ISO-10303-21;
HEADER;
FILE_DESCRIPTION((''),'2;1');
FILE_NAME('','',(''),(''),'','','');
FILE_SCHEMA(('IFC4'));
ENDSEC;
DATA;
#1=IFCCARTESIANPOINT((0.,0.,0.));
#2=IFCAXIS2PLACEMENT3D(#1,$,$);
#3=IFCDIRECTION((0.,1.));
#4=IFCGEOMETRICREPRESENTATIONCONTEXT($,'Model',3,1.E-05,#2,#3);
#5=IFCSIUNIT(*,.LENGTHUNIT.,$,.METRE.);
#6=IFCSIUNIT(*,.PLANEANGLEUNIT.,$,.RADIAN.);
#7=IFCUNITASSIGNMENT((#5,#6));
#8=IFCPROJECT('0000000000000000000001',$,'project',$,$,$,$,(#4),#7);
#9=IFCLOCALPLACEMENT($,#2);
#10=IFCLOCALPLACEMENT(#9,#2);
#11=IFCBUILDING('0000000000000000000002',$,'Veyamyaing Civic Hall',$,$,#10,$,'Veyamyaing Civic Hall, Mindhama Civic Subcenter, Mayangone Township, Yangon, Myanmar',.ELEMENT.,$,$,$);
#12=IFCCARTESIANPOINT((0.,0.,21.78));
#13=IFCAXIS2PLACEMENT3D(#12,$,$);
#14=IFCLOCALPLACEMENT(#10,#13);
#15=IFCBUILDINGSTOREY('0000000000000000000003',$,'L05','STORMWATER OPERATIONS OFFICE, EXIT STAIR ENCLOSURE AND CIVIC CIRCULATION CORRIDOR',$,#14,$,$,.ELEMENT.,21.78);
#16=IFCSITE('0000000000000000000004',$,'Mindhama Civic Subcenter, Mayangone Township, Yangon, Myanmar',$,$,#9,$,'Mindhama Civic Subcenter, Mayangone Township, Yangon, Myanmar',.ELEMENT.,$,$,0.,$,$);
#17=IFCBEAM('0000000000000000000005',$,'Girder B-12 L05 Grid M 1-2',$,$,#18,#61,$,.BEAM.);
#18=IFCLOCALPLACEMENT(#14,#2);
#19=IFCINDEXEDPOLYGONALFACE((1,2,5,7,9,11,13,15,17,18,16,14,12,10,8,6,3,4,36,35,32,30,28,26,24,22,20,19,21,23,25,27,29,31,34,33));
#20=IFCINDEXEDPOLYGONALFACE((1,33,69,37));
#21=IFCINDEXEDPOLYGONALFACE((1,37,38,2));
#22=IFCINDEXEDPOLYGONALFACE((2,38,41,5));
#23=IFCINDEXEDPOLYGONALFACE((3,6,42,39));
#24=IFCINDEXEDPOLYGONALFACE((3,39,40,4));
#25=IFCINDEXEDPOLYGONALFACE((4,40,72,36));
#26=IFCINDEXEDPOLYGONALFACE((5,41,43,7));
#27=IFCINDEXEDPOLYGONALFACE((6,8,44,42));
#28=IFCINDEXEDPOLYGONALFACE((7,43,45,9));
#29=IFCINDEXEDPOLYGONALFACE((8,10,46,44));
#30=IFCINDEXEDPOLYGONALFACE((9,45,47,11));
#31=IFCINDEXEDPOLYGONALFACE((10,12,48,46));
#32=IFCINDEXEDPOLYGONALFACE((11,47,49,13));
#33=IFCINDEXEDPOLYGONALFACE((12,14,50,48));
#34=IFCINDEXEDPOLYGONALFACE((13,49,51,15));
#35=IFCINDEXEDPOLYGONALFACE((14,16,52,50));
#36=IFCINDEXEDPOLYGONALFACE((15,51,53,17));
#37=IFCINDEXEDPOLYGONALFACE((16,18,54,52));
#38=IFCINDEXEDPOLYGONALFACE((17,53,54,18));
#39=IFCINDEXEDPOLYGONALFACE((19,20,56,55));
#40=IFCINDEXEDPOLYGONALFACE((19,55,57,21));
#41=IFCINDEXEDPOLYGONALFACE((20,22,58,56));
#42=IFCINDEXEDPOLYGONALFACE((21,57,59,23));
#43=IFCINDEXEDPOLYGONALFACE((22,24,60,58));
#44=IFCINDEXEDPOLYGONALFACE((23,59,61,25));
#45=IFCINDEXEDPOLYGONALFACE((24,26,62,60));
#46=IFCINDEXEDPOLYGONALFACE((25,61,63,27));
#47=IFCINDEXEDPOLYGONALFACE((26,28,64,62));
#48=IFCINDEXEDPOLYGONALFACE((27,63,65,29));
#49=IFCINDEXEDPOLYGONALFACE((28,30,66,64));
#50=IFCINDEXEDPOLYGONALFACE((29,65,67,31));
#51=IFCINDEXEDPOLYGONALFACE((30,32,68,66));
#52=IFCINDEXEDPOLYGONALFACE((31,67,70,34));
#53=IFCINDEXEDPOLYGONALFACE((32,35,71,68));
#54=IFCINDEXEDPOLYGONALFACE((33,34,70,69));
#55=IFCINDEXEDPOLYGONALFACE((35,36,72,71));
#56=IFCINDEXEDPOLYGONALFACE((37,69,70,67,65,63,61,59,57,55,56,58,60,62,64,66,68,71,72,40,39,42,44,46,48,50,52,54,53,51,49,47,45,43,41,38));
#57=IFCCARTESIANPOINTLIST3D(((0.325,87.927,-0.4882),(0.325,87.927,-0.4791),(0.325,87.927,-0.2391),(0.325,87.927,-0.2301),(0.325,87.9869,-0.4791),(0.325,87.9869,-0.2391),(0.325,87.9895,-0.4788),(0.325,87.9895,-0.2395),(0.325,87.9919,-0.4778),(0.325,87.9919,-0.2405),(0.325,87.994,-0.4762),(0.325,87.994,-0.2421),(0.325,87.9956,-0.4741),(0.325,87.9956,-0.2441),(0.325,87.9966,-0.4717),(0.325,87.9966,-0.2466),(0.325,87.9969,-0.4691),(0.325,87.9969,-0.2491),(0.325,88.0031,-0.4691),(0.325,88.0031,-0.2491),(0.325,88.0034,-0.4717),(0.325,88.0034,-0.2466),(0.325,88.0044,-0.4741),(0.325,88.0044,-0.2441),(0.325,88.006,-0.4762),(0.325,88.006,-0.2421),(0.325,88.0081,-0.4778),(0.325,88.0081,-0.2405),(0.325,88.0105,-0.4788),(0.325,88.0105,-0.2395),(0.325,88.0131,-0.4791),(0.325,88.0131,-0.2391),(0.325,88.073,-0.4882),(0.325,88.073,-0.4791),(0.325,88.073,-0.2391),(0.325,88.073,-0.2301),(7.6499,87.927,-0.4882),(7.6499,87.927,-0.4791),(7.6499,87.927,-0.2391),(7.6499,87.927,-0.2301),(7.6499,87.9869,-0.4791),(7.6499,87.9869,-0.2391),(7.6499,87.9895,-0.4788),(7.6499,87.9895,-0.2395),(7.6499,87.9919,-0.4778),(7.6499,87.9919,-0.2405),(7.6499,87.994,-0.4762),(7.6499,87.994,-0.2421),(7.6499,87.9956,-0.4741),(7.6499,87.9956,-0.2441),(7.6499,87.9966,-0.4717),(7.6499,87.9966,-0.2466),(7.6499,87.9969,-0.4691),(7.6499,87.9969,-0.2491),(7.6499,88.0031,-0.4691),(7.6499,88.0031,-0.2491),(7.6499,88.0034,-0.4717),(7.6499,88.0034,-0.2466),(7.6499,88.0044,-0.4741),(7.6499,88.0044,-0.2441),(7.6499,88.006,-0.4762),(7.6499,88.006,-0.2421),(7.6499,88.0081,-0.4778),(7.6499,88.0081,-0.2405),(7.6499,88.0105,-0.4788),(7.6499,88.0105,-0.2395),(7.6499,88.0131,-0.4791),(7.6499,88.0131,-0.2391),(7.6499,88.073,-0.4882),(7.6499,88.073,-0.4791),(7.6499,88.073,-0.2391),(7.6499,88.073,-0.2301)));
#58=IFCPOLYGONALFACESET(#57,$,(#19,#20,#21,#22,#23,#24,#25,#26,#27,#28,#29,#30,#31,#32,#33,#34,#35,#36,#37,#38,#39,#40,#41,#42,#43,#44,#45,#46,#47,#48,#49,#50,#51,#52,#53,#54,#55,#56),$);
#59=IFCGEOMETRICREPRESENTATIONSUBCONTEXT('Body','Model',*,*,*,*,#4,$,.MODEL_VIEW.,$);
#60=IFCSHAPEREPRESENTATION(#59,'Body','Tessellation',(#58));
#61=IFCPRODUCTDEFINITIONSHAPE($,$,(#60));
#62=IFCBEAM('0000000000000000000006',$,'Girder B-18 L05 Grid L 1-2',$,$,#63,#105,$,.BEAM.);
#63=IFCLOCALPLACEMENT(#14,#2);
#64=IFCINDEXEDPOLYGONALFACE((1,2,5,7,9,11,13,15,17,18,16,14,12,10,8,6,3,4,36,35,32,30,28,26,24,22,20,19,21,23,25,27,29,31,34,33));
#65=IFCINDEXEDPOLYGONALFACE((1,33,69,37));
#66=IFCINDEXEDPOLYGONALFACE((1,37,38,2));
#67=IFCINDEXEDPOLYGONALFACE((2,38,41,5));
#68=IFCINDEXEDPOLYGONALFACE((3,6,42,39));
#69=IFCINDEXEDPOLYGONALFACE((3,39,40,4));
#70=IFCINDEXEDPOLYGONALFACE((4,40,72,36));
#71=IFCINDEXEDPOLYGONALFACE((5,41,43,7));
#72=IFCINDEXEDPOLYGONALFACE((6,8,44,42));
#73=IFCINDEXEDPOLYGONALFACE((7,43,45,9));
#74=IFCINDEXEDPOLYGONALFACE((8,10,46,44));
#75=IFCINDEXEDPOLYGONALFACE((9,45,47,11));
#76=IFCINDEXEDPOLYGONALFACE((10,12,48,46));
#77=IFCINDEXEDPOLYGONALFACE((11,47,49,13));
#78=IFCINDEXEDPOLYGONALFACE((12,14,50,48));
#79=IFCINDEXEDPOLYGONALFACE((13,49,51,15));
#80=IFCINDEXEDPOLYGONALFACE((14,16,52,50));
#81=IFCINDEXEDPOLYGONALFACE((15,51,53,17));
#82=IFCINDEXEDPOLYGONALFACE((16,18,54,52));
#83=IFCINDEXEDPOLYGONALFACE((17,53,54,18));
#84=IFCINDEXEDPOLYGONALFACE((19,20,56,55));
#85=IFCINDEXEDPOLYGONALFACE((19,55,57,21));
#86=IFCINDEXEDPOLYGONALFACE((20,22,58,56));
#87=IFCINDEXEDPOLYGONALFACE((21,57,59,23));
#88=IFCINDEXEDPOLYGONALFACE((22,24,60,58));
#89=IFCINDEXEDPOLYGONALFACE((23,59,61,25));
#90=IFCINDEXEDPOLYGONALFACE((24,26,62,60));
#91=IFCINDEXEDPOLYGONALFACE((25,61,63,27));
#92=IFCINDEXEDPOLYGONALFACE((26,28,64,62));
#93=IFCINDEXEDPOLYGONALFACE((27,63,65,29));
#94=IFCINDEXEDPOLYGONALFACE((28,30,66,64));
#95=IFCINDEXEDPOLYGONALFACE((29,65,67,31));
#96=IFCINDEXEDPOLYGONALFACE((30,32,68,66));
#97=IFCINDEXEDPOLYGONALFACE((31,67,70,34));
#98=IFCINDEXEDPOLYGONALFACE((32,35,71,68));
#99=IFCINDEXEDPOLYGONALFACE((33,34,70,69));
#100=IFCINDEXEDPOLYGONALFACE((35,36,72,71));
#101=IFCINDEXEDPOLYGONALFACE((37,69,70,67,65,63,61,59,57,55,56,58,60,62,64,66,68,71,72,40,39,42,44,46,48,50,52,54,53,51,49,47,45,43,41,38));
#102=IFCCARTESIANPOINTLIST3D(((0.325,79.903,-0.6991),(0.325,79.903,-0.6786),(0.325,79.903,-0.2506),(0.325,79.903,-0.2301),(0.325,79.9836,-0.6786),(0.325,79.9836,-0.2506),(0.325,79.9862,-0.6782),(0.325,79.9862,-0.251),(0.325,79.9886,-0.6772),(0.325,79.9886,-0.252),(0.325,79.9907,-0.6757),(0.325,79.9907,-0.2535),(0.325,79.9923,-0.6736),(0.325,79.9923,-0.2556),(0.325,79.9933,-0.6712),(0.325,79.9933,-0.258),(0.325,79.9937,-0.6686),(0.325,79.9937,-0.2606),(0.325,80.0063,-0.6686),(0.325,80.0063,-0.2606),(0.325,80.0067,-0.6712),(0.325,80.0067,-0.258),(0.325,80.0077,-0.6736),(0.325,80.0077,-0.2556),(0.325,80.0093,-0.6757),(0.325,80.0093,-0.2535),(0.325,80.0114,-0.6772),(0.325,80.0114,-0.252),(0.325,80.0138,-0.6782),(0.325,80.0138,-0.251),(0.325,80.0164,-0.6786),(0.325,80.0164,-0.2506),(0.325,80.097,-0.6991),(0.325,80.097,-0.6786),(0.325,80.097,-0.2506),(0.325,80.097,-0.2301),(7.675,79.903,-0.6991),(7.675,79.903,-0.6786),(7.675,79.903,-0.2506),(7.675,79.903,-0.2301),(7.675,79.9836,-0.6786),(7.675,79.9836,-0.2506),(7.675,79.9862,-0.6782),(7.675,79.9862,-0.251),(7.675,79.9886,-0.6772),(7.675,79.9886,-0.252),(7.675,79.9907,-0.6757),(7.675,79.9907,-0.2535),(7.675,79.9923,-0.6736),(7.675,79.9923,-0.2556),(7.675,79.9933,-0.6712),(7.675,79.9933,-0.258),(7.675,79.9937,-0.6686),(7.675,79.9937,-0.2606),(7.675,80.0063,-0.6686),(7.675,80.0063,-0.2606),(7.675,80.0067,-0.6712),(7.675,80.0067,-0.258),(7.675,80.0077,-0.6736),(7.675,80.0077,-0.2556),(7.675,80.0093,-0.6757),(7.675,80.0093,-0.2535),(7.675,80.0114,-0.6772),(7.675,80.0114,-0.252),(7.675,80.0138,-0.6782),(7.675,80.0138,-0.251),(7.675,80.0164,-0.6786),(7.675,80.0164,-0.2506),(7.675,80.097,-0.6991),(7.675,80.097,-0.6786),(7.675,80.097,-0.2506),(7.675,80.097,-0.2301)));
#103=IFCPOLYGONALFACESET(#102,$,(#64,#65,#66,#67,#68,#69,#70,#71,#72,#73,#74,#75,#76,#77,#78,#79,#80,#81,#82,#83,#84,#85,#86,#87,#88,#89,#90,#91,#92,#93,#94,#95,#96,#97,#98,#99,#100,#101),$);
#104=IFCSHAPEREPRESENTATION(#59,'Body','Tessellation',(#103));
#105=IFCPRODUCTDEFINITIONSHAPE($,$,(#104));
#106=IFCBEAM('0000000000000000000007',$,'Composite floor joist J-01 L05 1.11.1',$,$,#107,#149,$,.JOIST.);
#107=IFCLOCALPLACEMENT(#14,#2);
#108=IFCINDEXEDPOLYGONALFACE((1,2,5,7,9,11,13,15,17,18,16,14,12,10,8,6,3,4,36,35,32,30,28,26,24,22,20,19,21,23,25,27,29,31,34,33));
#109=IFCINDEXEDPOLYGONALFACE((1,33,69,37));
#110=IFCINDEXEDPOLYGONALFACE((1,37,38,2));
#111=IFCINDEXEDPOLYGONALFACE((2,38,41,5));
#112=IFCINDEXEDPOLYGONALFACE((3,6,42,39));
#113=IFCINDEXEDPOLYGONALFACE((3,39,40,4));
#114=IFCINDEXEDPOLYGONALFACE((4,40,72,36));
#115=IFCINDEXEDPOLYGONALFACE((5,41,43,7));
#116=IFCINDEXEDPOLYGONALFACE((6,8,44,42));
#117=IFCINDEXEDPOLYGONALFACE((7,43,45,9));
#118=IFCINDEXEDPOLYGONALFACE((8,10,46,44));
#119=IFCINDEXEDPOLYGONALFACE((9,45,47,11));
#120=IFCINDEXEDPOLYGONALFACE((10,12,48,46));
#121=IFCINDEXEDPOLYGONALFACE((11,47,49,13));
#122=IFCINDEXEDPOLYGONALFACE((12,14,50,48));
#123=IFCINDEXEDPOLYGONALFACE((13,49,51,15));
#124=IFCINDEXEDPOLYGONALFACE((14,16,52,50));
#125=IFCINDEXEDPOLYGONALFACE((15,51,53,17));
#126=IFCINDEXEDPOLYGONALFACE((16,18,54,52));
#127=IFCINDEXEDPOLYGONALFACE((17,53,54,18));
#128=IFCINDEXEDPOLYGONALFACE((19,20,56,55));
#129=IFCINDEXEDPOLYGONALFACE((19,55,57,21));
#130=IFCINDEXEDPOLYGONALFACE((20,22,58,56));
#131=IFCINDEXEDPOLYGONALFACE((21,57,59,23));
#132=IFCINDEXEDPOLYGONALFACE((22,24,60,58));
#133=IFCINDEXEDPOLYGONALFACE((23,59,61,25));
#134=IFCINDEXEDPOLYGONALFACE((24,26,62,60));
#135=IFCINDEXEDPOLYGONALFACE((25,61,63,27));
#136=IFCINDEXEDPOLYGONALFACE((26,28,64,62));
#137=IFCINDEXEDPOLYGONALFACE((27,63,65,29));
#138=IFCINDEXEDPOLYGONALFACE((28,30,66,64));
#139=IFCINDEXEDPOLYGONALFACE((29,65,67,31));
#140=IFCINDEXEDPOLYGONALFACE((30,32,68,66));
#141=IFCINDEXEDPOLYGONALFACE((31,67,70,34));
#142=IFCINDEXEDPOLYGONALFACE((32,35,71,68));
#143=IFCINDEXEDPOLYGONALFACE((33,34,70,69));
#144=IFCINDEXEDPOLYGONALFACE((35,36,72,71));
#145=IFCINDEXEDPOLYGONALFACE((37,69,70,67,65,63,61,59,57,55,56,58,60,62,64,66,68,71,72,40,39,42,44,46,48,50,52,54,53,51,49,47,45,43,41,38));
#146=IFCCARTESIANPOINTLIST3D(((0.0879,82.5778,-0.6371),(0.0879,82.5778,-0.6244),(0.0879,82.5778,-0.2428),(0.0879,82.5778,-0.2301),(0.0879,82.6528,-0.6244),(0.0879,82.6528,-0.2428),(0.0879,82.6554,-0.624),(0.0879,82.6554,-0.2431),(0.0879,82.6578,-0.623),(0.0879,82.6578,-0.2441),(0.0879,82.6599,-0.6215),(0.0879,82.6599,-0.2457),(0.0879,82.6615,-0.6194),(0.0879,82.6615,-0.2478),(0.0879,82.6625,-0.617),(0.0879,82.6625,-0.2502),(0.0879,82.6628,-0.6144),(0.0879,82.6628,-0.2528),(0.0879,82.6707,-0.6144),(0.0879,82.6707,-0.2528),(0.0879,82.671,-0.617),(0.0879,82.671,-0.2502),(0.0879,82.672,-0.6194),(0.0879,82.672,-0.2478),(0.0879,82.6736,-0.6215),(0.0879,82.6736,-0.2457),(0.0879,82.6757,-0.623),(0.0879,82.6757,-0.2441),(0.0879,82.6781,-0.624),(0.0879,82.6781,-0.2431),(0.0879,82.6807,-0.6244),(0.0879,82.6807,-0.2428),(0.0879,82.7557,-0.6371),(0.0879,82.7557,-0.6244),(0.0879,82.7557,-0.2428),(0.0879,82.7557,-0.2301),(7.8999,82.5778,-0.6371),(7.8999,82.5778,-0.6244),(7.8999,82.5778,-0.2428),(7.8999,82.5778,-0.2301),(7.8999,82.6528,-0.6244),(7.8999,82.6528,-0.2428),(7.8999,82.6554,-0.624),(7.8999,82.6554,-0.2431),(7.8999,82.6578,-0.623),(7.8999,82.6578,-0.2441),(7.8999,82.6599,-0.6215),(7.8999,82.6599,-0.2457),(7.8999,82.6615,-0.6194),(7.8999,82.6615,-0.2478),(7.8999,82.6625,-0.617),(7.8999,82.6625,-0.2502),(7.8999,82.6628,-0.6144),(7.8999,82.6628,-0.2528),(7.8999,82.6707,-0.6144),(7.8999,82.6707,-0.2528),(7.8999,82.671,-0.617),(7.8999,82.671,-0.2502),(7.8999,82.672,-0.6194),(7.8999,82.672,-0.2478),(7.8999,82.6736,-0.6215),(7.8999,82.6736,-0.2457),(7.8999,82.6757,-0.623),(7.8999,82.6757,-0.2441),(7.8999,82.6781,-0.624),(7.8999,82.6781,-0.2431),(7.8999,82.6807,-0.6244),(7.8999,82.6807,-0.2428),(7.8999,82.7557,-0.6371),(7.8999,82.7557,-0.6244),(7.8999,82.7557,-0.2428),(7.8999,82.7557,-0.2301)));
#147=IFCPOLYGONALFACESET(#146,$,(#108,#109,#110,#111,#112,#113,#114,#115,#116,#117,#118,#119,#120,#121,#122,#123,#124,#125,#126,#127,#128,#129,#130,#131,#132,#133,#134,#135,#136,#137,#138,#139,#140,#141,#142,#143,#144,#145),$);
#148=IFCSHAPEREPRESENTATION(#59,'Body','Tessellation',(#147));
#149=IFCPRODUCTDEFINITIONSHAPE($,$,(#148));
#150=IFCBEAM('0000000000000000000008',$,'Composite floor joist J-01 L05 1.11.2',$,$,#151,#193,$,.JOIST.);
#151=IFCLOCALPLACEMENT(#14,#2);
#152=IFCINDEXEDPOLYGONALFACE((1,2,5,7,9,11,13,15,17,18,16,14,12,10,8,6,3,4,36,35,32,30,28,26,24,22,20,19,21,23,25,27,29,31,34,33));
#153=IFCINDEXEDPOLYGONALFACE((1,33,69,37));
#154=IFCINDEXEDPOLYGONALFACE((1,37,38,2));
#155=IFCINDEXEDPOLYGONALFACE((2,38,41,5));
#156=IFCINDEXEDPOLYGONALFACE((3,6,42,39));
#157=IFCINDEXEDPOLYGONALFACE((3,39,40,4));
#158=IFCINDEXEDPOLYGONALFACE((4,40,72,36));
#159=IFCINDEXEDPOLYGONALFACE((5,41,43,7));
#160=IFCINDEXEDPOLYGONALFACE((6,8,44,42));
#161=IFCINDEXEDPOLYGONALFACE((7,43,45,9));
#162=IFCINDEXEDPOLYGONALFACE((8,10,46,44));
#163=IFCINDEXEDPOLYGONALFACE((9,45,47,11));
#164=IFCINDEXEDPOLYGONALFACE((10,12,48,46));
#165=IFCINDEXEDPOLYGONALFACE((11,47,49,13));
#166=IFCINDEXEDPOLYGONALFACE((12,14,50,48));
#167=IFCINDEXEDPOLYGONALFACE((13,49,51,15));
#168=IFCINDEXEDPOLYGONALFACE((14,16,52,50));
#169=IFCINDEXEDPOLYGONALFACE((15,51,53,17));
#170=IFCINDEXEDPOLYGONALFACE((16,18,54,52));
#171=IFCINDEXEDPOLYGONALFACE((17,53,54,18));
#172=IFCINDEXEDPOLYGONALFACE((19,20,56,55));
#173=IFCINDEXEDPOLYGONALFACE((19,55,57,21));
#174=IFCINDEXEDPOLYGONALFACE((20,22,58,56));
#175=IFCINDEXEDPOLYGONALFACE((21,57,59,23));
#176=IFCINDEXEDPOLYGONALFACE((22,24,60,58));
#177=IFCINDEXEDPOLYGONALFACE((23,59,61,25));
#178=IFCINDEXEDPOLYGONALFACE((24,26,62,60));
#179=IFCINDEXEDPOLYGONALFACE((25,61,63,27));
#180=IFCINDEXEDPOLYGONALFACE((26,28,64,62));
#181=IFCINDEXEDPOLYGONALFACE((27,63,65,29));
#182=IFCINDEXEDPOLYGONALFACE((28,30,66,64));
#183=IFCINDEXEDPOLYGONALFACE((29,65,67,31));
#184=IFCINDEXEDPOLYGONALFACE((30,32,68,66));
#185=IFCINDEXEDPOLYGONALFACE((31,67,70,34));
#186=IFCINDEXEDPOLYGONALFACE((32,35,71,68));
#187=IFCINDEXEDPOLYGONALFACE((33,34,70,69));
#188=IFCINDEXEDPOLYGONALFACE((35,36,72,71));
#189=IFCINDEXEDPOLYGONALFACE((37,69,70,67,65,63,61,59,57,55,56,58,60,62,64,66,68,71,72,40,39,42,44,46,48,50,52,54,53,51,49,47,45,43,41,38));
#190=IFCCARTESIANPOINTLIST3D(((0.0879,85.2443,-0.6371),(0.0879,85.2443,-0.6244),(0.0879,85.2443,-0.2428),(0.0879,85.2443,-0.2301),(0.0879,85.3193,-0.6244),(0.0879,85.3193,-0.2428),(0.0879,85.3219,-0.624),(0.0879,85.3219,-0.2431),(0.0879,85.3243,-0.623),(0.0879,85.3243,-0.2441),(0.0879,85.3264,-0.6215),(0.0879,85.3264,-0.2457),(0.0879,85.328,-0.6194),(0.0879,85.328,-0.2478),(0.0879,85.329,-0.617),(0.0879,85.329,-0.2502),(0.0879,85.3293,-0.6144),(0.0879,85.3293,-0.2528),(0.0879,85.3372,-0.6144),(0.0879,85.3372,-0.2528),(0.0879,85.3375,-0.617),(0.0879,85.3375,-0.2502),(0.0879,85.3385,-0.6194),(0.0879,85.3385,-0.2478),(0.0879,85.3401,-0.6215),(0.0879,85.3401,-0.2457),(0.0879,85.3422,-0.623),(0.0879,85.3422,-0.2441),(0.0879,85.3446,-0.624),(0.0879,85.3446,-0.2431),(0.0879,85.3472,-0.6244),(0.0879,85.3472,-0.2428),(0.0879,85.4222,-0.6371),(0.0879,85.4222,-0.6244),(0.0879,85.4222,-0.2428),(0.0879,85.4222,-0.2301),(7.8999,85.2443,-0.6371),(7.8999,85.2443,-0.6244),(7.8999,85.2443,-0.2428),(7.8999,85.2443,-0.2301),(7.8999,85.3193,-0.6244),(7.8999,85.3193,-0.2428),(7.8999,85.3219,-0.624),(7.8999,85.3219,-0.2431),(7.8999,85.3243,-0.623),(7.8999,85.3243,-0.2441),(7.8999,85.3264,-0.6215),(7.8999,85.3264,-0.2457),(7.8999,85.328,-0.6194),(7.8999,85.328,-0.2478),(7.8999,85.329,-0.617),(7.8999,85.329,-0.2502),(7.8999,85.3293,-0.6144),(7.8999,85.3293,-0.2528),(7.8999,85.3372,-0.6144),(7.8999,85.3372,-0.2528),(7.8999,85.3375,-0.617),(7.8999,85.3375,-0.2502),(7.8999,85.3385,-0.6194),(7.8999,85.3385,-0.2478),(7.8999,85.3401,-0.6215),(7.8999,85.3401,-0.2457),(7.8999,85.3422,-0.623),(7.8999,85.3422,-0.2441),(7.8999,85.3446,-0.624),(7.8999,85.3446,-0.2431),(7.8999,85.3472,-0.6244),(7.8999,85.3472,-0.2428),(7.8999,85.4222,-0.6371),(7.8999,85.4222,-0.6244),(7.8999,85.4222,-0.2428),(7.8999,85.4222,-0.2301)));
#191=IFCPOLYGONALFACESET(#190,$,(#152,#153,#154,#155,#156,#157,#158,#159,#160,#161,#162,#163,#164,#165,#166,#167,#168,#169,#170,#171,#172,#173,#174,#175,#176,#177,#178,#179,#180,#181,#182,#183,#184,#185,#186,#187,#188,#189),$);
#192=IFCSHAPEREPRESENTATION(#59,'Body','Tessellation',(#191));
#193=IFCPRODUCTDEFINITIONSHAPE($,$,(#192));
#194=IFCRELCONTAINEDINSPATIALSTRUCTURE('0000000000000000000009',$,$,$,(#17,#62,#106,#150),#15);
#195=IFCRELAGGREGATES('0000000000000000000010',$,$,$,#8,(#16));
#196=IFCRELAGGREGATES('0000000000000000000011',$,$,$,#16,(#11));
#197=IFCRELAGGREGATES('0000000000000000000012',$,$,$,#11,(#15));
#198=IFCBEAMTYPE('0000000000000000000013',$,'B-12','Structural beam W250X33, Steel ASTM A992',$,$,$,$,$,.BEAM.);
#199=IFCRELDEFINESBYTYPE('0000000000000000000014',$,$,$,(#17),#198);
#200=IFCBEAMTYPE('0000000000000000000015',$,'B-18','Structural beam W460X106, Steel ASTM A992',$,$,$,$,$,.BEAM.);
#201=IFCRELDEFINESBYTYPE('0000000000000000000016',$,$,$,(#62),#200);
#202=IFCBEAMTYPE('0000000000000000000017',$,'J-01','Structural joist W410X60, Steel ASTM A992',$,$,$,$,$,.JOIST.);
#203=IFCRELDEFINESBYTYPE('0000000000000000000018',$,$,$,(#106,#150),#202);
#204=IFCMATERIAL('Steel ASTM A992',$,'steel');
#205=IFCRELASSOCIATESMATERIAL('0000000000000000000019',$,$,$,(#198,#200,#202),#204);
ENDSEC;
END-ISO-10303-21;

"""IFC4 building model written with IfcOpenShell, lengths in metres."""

from ifc_helpers import new_model, si_unit, direction, frame, origin, origin_2d, place, context, subcontext, project, spatial, i_section, extrude, material, material_profile, profile_set, type_object, element, save


model = new_model("IFC4")

# Units and contexts
model_context = context("Model", 3, precision=1e-05, world=origin(), true_north=direction((0.0, 1.0)))
body_context = subcontext(model_context, "Body", "Model", "MODEL_VIEW")
ifc_project = project(units=[si_unit("LENGTHUNIT", "METRE"), si_unit("PLANEANGLEUNIT", "RADIAN")], contexts=[model_context])

# Site, building, storey
site_placement = place(None, origin())
site = spatial("IfcSite", under=ifc_project, at=site_placement, Name="Mindhama Civic Subcenter, Mayangone Township, Yangon, Myanmar", LongName="Mindhama Civic Subcenter, Mayangone Township, Yangon, Myanmar", CompositionType="ELEMENT", RefElevation=0.0)
building_placement = place(site_placement, origin())
building = spatial("IfcBuilding", under=site, at=building_placement, Name="Veyamyaing Civic Hall", LongName="Veyamyaing Civic Hall, Mindhama Civic Subcenter, Mayangone Township, Yangon, Myanmar", CompositionType="ELEMENT")
storey_placement = place(building_placement, frame((0.0, 0.0, 21.78)))
storey = spatial("IfcBuildingStorey", under=building, at=storey_placement, Name="L05", Description="STORMWATER OPERATIONS OFFICE, EXIT STAIR ENCLOSURE AND CIVIC CIRCULATION CORRIDOR", CompositionType="ELEMENT", Elevation=21.78)

# Beams
ifc_material_1 = material(Name="Steel ASTM A992", Category="steel")
ifc_material_profile_1 = material_profile(ifc_material_1, i_section(OverallWidth=0.146, OverallDepth=0.2581, WebThickness=0.0061, FlangeThickness=0.009, FilletRadius=0.01, at=origin_2d()), Name="W250X33")
ifc_profile_set_1 = profile_set([ifc_material_profile_1], Name="Steel ASTM A992")
beam_type_1 = type_object("IfcBeamType", Name="B-12", Description="Structural beam W250X33, Steel ASTM A992", PredefinedType="BEAM", material=ifc_profile_set_1)
beam_1_placement = place(storey_placement, frame((0.325, 88.0, -0.3591), z_axis=(1.0, 0.0, 0.0), x_axis=(0.0, 1.0, 0.0)))
element("IfcBeam", 1, at=beam_1_placement, inside=storey, type_object=beam_type_1, Name="Girder B-12 L05 Grid M 1-2", PredefinedType="BEAM", context=body_context, shape_type="SweptSolid", body=[
    extrude(i_section(OverallWidth=0.146, OverallDepth=0.2581, WebThickness=0.0061, FlangeThickness=0.009, FilletRadius=0.01, at=origin_2d()), origin(), (0.0, 0.0, 1.0), 7.325),
])
ifc_material_profile_2 = material_profile(ifc_material_1, i_section(OverallWidth=0.1941, OverallDepth=0.469, WebThickness=0.0127, FlangeThickness=0.0205, FilletRadius=0.01, at=origin_2d()), Name="W460X106")
ifc_profile_set_2 = profile_set([ifc_material_profile_2], Name="Steel ASTM A992")
beam_type_2 = type_object("IfcBeamType", Name="B-18", Description="Structural beam W460X106, Steel ASTM A992", PredefinedType="BEAM", material=ifc_profile_set_2)
beam_2_placement = place(storey_placement, frame((0.325, 80.0, -0.4646), z_axis=(1.0, 0.0, 0.0), x_axis=(0.0, 1.0, 0.0)))
element("IfcBeam", 2, at=beam_2_placement, inside=storey, type_object=beam_type_2, Name="Girder B-18 L05 Grid L 1-2", PredefinedType="BEAM", context=body_context, shape_type="SweptSolid", body=[
    extrude(i_section(OverallWidth=0.1941, OverallDepth=0.469, WebThickness=0.0127, FlangeThickness=0.0205, FilletRadius=0.01, at=origin_2d()), origin(), (0.0, 0.0, 1.0), 7.3501),
])
ifc_material_profile_3 = material_profile(ifc_material_1, i_section(OverallWidth=0.178, OverallDepth=0.407, WebThickness=0.0078, FlangeThickness=0.0127, FilletRadius=0.01, at=origin_2d()), Name="W410X60")
ifc_profile_set_3 = profile_set([ifc_material_profile_3], Name="Steel ASTM A992")
beam_type_3 = type_object("IfcBeamType", Name="J-01", Description="Structural joist W410X60, Steel ASTM A992", PredefinedType="JOIST", material=ifc_profile_set_3)
for number, where, z_axis, x_axis, name in (
    (3, (0.0879, 82.6667, -0.4336), (1.0, 0.0, 0.0), (0.0, 1.0, 0.0), "Composite floor joist J-01 L05 1.11.1"),
    (4, (0.0879, 85.3333, -0.4336), (1.0, 0.0, 0.0), (0.0, 1.0, 0.0), "Composite floor joist J-01 L05 1.11.2"),
):
    element("IfcBeam", number, at=place(storey_placement, frame(where, z_axis=z_axis, x_axis=x_axis)), inside=storey, type_object=beam_type_3, Name=name, PredefinedType="JOIST", context=body_context, shape_type="SweptSolid", body=[
        extrude(i_section(OverallWidth=0.178, OverallDepth=0.407, WebThickness=0.0078, FlangeThickness=0.0127, FilletRadius=0.01, at=origin_2d()), origin(), (0.0, 0.0, 1.0), 7.812),
    ])

save(model, "model.ifc")
